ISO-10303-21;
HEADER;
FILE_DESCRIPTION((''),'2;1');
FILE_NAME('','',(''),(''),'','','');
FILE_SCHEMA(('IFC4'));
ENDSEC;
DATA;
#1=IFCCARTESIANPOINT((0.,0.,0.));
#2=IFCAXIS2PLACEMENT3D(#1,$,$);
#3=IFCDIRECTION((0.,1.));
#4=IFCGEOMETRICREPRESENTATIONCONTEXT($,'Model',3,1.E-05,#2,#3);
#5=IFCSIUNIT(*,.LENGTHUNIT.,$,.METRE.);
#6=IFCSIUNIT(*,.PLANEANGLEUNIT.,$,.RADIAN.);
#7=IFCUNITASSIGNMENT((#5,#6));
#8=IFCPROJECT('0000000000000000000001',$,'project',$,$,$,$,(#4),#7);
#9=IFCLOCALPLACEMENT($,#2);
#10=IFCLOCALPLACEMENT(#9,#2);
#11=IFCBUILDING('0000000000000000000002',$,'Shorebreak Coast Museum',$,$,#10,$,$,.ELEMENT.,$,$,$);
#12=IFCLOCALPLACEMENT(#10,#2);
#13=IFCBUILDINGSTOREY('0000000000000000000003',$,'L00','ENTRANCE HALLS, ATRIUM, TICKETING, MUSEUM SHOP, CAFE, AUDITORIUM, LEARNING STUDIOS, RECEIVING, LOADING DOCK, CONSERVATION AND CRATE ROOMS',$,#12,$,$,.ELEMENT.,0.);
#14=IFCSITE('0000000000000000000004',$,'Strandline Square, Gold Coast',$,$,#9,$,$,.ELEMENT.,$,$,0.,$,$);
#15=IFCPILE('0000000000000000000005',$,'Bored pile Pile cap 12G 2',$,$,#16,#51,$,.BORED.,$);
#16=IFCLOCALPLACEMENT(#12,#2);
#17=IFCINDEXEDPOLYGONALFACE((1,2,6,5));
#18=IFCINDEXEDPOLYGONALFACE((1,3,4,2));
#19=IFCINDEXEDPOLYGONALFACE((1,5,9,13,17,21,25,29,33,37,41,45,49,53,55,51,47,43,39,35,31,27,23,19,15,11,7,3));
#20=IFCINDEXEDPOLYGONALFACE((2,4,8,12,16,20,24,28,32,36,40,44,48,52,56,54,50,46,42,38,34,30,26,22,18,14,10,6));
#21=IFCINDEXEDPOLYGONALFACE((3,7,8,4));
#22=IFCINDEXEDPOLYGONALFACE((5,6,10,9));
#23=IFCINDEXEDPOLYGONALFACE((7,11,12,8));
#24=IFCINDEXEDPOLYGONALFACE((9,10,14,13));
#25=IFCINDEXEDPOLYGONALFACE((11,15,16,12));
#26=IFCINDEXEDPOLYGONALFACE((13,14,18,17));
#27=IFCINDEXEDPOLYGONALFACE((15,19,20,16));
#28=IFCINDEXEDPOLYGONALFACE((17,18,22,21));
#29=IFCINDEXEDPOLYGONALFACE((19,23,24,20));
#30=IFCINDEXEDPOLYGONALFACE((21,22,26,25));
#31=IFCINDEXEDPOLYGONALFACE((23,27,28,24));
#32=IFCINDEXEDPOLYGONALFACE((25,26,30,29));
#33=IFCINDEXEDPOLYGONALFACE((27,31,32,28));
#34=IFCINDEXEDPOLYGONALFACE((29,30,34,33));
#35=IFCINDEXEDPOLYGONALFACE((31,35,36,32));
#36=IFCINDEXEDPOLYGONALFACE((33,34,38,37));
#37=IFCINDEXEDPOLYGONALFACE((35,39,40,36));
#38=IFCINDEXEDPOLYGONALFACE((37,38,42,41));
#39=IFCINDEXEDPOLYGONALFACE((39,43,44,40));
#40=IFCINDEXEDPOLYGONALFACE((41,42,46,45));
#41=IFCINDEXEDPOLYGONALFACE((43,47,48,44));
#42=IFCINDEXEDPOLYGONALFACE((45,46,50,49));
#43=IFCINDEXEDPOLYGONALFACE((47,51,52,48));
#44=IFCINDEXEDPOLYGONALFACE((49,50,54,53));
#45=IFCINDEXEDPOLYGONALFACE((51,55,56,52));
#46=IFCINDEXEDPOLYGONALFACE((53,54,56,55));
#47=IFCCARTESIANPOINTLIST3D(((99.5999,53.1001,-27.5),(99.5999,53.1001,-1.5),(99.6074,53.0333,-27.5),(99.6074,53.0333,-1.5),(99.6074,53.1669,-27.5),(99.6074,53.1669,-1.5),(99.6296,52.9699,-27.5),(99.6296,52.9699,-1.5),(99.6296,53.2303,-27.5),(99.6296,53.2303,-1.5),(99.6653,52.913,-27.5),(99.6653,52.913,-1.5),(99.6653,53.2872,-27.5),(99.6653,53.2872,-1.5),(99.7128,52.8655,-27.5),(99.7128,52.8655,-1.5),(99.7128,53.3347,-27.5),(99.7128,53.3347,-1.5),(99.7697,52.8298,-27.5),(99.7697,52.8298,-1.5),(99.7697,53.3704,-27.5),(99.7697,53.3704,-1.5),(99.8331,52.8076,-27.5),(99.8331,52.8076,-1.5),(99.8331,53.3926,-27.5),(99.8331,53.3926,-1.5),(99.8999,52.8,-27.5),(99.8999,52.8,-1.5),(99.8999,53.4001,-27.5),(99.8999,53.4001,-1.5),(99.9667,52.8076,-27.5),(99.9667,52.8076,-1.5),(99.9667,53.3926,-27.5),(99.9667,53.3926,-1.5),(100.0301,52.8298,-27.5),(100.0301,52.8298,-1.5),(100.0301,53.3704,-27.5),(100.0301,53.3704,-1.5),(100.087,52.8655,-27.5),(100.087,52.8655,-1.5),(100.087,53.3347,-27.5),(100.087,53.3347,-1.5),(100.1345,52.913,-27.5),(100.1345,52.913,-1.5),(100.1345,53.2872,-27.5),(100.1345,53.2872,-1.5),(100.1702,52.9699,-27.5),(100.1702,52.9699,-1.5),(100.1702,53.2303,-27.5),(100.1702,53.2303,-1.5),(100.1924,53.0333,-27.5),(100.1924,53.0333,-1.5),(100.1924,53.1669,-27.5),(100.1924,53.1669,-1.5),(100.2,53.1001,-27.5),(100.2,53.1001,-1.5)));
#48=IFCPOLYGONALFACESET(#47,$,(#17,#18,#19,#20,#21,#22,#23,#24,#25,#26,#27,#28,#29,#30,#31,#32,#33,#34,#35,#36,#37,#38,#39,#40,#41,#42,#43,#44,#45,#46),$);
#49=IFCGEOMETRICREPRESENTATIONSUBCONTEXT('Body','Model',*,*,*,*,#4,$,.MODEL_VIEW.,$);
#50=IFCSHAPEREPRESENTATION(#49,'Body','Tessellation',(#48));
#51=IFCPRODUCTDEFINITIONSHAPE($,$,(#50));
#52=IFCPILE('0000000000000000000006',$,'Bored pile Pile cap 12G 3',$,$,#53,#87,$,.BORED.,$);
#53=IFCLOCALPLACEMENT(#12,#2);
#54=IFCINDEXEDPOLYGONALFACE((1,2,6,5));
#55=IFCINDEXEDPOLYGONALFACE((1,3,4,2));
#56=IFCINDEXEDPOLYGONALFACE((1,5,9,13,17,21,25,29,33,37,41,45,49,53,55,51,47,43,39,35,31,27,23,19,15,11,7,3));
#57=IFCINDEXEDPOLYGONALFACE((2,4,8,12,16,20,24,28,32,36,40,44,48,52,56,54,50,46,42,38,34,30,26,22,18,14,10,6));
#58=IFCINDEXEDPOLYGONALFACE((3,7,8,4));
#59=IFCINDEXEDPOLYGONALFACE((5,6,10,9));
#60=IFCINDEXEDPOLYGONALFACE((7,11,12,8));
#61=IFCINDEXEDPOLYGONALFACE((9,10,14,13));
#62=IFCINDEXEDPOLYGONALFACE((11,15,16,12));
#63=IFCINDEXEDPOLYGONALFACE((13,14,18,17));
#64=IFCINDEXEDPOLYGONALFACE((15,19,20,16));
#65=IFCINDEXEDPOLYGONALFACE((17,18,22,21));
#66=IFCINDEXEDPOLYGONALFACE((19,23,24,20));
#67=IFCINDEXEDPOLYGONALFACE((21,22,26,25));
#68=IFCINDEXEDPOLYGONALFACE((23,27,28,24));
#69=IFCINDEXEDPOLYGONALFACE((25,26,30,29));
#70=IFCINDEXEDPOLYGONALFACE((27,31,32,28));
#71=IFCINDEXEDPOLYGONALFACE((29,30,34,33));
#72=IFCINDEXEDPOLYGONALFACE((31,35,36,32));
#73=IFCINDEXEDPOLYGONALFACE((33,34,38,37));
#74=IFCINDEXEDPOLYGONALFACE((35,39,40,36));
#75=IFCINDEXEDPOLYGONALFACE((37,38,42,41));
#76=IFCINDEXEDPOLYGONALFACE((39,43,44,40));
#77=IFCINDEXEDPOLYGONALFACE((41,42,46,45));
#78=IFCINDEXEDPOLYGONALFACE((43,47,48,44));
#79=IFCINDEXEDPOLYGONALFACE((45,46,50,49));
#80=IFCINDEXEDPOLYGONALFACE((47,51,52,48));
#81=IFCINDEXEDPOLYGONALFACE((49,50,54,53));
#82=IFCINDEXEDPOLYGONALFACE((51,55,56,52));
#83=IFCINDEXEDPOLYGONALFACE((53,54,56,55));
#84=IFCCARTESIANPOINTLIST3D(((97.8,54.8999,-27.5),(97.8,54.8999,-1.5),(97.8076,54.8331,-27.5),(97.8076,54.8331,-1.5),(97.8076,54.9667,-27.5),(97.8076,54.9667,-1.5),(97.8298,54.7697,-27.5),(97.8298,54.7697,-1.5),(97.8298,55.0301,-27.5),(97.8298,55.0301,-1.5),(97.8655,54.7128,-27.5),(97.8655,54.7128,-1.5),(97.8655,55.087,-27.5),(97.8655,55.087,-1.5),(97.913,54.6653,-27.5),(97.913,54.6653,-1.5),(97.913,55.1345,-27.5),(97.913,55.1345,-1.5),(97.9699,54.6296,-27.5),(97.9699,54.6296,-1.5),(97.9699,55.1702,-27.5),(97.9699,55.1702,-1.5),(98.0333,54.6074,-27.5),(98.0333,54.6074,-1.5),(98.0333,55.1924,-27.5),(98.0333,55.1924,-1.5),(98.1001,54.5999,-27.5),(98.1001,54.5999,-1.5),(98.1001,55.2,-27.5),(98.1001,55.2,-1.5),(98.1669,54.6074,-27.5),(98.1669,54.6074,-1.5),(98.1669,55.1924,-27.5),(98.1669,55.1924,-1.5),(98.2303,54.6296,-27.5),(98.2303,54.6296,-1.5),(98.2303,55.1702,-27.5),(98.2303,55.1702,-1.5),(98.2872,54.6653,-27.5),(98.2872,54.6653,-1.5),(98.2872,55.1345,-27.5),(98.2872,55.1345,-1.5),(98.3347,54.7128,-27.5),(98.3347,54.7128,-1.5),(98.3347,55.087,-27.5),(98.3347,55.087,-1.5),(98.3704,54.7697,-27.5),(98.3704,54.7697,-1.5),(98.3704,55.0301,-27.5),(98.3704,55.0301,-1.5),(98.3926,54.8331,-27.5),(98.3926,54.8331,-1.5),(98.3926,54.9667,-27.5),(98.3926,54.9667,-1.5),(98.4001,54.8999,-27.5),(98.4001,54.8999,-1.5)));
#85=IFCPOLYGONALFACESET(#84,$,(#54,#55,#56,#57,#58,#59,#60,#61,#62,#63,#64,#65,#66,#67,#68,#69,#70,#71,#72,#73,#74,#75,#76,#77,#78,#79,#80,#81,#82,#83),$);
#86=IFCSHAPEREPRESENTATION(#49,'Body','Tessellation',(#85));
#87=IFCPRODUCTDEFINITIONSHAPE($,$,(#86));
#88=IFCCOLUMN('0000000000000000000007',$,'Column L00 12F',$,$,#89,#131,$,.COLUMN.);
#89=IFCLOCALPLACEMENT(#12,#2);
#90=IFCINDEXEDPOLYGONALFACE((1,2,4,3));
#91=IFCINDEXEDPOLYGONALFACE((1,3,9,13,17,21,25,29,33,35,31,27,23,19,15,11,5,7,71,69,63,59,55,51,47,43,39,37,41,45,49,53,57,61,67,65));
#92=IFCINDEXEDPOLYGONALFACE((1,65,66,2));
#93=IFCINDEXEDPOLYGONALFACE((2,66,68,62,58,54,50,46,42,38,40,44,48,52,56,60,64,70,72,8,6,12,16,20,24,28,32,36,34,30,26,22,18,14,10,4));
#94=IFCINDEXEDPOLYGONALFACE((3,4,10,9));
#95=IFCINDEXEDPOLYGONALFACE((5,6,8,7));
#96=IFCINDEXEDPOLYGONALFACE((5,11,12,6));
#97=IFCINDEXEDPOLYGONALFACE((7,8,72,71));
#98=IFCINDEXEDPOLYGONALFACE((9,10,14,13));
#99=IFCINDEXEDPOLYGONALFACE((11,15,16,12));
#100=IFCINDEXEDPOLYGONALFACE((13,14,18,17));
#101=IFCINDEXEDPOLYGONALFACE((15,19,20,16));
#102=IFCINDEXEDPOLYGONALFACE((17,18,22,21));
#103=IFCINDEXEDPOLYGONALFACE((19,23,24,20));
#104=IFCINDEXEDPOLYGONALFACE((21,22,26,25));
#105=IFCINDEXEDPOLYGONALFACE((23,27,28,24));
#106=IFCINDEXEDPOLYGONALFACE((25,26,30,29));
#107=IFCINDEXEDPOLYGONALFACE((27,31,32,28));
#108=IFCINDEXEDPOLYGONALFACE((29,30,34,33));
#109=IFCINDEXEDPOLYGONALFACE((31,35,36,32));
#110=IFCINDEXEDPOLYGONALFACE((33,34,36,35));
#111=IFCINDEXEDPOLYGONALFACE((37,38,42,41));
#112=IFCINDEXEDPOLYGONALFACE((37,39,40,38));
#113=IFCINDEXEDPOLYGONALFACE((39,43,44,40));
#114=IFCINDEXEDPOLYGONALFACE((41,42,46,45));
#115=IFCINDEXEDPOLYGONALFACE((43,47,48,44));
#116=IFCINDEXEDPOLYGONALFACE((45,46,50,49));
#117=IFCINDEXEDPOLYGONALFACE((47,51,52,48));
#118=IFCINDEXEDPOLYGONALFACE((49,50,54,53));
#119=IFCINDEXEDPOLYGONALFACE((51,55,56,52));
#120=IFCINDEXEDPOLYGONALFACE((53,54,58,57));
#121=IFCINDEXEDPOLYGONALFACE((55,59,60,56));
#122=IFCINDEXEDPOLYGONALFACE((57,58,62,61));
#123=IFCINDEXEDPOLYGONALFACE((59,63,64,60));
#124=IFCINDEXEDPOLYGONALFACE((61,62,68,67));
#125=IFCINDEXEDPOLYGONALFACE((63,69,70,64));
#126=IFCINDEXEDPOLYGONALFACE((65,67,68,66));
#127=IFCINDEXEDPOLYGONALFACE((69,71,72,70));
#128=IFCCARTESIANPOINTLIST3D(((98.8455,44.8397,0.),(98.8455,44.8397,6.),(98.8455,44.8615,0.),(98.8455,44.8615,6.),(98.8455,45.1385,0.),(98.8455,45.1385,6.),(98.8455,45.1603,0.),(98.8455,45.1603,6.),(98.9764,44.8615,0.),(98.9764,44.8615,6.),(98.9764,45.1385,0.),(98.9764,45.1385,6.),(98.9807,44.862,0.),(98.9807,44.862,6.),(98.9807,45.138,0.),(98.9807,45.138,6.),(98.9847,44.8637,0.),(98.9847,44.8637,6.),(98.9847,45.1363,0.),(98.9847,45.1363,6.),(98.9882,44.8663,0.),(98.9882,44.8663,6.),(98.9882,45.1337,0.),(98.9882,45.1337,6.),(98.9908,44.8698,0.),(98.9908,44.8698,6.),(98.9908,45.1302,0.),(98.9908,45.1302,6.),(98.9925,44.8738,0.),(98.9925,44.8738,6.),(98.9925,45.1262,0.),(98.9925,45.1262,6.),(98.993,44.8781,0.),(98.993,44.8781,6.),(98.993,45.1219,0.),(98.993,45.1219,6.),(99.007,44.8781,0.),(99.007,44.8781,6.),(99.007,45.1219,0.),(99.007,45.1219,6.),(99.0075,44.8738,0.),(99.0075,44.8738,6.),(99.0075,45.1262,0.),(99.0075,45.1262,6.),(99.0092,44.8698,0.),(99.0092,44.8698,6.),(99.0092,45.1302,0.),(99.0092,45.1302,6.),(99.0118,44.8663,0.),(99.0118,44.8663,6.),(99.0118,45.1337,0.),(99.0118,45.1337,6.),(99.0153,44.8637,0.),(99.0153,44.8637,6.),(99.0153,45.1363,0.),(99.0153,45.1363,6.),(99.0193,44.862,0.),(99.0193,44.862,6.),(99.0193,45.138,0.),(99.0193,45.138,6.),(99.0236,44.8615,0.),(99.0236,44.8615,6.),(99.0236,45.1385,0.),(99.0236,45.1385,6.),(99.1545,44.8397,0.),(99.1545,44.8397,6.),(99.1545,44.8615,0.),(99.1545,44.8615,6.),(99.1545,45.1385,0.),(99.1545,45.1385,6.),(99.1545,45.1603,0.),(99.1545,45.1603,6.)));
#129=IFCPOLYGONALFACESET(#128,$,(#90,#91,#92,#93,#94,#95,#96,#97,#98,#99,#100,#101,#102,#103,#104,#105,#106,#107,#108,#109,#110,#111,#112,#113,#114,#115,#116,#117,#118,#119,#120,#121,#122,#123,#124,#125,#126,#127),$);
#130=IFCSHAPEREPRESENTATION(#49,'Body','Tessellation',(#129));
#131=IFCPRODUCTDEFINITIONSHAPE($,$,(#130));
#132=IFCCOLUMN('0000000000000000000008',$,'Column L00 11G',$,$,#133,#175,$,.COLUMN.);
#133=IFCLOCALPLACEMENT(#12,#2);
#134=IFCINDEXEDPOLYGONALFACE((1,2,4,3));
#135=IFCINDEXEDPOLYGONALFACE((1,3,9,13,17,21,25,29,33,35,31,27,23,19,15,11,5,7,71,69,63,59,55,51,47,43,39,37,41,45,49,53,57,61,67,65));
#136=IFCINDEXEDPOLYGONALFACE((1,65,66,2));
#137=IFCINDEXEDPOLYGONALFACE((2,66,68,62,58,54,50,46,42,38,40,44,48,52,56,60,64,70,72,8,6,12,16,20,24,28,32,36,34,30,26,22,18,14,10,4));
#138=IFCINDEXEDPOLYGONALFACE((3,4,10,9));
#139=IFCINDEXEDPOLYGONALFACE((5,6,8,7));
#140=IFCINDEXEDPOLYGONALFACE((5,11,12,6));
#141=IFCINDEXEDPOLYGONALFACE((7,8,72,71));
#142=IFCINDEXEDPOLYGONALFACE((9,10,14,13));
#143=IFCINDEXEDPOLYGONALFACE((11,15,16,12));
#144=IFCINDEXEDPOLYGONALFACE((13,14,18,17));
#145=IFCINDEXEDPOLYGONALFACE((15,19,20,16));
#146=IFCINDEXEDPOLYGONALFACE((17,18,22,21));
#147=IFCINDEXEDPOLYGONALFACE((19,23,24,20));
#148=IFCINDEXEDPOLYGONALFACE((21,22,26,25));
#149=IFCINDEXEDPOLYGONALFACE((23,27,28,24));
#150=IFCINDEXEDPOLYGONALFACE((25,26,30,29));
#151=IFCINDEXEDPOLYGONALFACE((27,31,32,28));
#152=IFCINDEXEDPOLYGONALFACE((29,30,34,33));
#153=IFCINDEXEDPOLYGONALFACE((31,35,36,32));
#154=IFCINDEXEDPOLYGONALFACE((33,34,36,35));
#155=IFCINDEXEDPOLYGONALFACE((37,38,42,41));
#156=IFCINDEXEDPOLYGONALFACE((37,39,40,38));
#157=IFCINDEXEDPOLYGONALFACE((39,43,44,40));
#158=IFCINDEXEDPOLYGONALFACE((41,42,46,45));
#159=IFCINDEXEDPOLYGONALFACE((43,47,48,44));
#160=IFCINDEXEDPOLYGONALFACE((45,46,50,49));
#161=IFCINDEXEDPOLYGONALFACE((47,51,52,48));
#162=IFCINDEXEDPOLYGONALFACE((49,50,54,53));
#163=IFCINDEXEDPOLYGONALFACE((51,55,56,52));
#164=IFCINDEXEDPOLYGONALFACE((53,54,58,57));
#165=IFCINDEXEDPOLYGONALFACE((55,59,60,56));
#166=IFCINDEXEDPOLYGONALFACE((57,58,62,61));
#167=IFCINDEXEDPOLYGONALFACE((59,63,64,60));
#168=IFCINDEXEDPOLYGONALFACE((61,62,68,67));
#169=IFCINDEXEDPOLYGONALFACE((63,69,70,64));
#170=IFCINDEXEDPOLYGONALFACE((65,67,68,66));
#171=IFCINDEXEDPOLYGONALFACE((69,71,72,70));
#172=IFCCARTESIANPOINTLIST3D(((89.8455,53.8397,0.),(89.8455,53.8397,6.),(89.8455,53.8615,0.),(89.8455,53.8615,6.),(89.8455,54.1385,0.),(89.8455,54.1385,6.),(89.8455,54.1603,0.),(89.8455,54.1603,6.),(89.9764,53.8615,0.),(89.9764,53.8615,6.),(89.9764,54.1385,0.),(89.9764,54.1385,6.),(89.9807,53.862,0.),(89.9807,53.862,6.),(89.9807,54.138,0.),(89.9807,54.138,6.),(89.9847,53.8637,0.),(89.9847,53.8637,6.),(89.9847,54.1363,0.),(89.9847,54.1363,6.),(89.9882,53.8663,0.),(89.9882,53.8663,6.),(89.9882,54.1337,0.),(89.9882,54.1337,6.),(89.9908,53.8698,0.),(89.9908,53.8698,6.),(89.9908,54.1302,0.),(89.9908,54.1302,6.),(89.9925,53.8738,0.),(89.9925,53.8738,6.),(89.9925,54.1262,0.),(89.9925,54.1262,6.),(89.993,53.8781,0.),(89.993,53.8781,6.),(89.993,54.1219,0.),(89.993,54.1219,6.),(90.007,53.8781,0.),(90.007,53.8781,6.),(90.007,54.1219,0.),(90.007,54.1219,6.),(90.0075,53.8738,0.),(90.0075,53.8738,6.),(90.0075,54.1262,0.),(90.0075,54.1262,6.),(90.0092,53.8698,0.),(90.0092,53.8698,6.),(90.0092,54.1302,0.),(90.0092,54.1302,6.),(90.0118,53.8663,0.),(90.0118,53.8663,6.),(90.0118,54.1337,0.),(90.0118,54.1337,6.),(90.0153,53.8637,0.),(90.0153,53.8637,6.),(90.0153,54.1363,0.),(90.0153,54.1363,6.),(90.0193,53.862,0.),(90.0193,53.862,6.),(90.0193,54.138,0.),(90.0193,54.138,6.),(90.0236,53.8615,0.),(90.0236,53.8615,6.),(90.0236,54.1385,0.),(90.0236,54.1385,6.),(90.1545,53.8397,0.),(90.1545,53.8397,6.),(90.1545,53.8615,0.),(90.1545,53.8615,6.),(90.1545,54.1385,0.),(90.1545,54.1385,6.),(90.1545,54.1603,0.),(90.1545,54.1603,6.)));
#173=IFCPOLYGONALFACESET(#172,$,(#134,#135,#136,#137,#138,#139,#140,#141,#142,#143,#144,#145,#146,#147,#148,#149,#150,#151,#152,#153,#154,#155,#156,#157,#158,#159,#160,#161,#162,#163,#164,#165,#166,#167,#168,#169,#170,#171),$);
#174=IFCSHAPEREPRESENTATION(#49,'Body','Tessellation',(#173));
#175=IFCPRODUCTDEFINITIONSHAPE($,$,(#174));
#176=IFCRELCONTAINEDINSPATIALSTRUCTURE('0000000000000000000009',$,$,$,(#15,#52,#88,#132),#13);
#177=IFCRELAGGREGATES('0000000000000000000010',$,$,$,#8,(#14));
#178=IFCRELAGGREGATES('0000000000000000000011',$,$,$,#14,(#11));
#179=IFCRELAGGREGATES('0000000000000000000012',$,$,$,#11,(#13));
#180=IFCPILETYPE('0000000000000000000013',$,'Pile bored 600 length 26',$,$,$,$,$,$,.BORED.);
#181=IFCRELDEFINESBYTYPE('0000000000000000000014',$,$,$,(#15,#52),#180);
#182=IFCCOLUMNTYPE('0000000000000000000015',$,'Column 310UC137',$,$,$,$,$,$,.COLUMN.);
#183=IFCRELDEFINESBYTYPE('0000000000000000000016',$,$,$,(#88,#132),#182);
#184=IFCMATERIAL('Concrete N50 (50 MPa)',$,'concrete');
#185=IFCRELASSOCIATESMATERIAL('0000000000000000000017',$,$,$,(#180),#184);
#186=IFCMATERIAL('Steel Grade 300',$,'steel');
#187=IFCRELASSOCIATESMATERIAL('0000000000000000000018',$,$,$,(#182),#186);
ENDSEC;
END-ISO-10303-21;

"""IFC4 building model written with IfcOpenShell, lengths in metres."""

from ifc_helpers import new_model, si_unit, direction, frame, origin, origin_2d, place, context, subcontext, project, spatial, circle, i_section, extrude, material, material_profile, profile_set, type_object, element, save


model = new_model("IFC4")

# Units and contexts
model_context = context("Model", 3, precision=1e-05, world=origin(), true_north=direction((0.0, 1.0)))
body_context = subcontext(model_context, "Body", "Model", "MODEL_VIEW")
ifc_project = project(units=[si_unit("LENGTHUNIT", "METRE"), si_unit("PLANEANGLEUNIT", "RADIAN")], contexts=[model_context])

# Site, building, storey
site_placement = place(None, origin())
site = spatial("IfcSite", under=ifc_project, at=site_placement, Name="Strandline Square, Gold Coast", CompositionType="ELEMENT", RefElevation=0.0)
building_placement = place(site_placement, origin())
building = spatial("IfcBuilding", under=site, at=building_placement, Name="Shorebreak Coast Museum", CompositionType="ELEMENT")
storey_placement = place(building_placement, origin())
storey = spatial("IfcBuildingStorey", under=building, at=storey_placement, Name="L00", Description="ENTRANCE HALLS, ATRIUM, TICKETING, MUSEUM SHOP, CAFE, AUDITORIUM, LEARNING STUDIOS, RECEIVING, LOADING DOCK, CONSERVATION AND CRATE ROOMS", CompositionType="ELEMENT", Elevation=0.0)

# Piles
ifc_material_1 = material(Name="Concrete N50 (50 MPa)", Category="concrete")
ifc_material_profile_1 = material_profile(ifc_material_1, circle(Radius=0.3, at=origin_2d()), Name="Pile bored 600 length 26")
ifc_profile_set_1 = profile_set([ifc_material_profile_1], Name="Concrete N50 (50 MPa)")
pile_type = type_object("IfcPileType", Name="Pile bored 600 length 26", PredefinedType="BORED", material=ifc_profile_set_1)
for number, where, z_axis, x_axis, name in (
    (1, (99.8999, 53.1001, -1.5), (0.0, 0.0, -1.0), (1.0, 0.0, 0.0), "Bored pile Pile cap 12G 2"),
    (2, (98.1001, 54.8999, -1.5), (0.0, 0.0, -1.0), (1.0, 0.0, 0.0), "Bored pile Pile cap 12G 3"),
):
    element("IfcPile", number, at=place(storey_placement, frame(where, z_axis=z_axis, x_axis=x_axis)), inside=storey, type_object=pile_type, Name=name, PredefinedType="BORED", context=body_context, shape_type="SweptSolid", body=[
        extrude(circle(Radius=0.3, at=origin_2d()), origin(), (0.0, 0.0, 1.0), 26.0),
    ])

# Columns
ifc_material_2 = material(Name="Steel Grade 300", Category="steel")
ifc_material_profile_2 = material_profile(ifc_material_2, i_section(OverallWidth=0.3091, OverallDepth=0.3206, WebThickness=0.0139, FlangeThickness=0.0217, FilletRadius=0.0166, at=origin_2d()), Name="310UC137")
ifc_profile_set_2 = profile_set([ifc_material_profile_2], Name="Steel Grade 300")
column_type = type_object("IfcColumnType", Name="Column 310UC137", PredefinedType="COLUMN", material=ifc_profile_set_2)
for number, where, z_axis, x_axis, name in (
    (3, (99.0, 45.0, 0.0), (0.0, 0.0, 1.0), (1.0, 0.0, 0.0), "Column L00 12F"),
    (4, (90.0, 54.0, 0.0), (0.0, 0.0, 1.0), (1.0, 0.0, 0.0), "Column L00 11G"),
):
    element("IfcColumn", number, at=place(storey_placement, frame(where, z_axis=z_axis, x_axis=x_axis)), inside=storey, type_object=column_type, Name=name, PredefinedType="COLUMN", context=body_context, shape_type="SweptSolid", body=[
        extrude(i_section(OverallWidth=0.3091, OverallDepth=0.3206, WebThickness=0.0139, FlangeThickness=0.0217, FilletRadius=0.0166, at=origin_2d()), origin(), (0.0, 0.0, 1.0), 6.0),
    ])

save(model, "model.ifc")
